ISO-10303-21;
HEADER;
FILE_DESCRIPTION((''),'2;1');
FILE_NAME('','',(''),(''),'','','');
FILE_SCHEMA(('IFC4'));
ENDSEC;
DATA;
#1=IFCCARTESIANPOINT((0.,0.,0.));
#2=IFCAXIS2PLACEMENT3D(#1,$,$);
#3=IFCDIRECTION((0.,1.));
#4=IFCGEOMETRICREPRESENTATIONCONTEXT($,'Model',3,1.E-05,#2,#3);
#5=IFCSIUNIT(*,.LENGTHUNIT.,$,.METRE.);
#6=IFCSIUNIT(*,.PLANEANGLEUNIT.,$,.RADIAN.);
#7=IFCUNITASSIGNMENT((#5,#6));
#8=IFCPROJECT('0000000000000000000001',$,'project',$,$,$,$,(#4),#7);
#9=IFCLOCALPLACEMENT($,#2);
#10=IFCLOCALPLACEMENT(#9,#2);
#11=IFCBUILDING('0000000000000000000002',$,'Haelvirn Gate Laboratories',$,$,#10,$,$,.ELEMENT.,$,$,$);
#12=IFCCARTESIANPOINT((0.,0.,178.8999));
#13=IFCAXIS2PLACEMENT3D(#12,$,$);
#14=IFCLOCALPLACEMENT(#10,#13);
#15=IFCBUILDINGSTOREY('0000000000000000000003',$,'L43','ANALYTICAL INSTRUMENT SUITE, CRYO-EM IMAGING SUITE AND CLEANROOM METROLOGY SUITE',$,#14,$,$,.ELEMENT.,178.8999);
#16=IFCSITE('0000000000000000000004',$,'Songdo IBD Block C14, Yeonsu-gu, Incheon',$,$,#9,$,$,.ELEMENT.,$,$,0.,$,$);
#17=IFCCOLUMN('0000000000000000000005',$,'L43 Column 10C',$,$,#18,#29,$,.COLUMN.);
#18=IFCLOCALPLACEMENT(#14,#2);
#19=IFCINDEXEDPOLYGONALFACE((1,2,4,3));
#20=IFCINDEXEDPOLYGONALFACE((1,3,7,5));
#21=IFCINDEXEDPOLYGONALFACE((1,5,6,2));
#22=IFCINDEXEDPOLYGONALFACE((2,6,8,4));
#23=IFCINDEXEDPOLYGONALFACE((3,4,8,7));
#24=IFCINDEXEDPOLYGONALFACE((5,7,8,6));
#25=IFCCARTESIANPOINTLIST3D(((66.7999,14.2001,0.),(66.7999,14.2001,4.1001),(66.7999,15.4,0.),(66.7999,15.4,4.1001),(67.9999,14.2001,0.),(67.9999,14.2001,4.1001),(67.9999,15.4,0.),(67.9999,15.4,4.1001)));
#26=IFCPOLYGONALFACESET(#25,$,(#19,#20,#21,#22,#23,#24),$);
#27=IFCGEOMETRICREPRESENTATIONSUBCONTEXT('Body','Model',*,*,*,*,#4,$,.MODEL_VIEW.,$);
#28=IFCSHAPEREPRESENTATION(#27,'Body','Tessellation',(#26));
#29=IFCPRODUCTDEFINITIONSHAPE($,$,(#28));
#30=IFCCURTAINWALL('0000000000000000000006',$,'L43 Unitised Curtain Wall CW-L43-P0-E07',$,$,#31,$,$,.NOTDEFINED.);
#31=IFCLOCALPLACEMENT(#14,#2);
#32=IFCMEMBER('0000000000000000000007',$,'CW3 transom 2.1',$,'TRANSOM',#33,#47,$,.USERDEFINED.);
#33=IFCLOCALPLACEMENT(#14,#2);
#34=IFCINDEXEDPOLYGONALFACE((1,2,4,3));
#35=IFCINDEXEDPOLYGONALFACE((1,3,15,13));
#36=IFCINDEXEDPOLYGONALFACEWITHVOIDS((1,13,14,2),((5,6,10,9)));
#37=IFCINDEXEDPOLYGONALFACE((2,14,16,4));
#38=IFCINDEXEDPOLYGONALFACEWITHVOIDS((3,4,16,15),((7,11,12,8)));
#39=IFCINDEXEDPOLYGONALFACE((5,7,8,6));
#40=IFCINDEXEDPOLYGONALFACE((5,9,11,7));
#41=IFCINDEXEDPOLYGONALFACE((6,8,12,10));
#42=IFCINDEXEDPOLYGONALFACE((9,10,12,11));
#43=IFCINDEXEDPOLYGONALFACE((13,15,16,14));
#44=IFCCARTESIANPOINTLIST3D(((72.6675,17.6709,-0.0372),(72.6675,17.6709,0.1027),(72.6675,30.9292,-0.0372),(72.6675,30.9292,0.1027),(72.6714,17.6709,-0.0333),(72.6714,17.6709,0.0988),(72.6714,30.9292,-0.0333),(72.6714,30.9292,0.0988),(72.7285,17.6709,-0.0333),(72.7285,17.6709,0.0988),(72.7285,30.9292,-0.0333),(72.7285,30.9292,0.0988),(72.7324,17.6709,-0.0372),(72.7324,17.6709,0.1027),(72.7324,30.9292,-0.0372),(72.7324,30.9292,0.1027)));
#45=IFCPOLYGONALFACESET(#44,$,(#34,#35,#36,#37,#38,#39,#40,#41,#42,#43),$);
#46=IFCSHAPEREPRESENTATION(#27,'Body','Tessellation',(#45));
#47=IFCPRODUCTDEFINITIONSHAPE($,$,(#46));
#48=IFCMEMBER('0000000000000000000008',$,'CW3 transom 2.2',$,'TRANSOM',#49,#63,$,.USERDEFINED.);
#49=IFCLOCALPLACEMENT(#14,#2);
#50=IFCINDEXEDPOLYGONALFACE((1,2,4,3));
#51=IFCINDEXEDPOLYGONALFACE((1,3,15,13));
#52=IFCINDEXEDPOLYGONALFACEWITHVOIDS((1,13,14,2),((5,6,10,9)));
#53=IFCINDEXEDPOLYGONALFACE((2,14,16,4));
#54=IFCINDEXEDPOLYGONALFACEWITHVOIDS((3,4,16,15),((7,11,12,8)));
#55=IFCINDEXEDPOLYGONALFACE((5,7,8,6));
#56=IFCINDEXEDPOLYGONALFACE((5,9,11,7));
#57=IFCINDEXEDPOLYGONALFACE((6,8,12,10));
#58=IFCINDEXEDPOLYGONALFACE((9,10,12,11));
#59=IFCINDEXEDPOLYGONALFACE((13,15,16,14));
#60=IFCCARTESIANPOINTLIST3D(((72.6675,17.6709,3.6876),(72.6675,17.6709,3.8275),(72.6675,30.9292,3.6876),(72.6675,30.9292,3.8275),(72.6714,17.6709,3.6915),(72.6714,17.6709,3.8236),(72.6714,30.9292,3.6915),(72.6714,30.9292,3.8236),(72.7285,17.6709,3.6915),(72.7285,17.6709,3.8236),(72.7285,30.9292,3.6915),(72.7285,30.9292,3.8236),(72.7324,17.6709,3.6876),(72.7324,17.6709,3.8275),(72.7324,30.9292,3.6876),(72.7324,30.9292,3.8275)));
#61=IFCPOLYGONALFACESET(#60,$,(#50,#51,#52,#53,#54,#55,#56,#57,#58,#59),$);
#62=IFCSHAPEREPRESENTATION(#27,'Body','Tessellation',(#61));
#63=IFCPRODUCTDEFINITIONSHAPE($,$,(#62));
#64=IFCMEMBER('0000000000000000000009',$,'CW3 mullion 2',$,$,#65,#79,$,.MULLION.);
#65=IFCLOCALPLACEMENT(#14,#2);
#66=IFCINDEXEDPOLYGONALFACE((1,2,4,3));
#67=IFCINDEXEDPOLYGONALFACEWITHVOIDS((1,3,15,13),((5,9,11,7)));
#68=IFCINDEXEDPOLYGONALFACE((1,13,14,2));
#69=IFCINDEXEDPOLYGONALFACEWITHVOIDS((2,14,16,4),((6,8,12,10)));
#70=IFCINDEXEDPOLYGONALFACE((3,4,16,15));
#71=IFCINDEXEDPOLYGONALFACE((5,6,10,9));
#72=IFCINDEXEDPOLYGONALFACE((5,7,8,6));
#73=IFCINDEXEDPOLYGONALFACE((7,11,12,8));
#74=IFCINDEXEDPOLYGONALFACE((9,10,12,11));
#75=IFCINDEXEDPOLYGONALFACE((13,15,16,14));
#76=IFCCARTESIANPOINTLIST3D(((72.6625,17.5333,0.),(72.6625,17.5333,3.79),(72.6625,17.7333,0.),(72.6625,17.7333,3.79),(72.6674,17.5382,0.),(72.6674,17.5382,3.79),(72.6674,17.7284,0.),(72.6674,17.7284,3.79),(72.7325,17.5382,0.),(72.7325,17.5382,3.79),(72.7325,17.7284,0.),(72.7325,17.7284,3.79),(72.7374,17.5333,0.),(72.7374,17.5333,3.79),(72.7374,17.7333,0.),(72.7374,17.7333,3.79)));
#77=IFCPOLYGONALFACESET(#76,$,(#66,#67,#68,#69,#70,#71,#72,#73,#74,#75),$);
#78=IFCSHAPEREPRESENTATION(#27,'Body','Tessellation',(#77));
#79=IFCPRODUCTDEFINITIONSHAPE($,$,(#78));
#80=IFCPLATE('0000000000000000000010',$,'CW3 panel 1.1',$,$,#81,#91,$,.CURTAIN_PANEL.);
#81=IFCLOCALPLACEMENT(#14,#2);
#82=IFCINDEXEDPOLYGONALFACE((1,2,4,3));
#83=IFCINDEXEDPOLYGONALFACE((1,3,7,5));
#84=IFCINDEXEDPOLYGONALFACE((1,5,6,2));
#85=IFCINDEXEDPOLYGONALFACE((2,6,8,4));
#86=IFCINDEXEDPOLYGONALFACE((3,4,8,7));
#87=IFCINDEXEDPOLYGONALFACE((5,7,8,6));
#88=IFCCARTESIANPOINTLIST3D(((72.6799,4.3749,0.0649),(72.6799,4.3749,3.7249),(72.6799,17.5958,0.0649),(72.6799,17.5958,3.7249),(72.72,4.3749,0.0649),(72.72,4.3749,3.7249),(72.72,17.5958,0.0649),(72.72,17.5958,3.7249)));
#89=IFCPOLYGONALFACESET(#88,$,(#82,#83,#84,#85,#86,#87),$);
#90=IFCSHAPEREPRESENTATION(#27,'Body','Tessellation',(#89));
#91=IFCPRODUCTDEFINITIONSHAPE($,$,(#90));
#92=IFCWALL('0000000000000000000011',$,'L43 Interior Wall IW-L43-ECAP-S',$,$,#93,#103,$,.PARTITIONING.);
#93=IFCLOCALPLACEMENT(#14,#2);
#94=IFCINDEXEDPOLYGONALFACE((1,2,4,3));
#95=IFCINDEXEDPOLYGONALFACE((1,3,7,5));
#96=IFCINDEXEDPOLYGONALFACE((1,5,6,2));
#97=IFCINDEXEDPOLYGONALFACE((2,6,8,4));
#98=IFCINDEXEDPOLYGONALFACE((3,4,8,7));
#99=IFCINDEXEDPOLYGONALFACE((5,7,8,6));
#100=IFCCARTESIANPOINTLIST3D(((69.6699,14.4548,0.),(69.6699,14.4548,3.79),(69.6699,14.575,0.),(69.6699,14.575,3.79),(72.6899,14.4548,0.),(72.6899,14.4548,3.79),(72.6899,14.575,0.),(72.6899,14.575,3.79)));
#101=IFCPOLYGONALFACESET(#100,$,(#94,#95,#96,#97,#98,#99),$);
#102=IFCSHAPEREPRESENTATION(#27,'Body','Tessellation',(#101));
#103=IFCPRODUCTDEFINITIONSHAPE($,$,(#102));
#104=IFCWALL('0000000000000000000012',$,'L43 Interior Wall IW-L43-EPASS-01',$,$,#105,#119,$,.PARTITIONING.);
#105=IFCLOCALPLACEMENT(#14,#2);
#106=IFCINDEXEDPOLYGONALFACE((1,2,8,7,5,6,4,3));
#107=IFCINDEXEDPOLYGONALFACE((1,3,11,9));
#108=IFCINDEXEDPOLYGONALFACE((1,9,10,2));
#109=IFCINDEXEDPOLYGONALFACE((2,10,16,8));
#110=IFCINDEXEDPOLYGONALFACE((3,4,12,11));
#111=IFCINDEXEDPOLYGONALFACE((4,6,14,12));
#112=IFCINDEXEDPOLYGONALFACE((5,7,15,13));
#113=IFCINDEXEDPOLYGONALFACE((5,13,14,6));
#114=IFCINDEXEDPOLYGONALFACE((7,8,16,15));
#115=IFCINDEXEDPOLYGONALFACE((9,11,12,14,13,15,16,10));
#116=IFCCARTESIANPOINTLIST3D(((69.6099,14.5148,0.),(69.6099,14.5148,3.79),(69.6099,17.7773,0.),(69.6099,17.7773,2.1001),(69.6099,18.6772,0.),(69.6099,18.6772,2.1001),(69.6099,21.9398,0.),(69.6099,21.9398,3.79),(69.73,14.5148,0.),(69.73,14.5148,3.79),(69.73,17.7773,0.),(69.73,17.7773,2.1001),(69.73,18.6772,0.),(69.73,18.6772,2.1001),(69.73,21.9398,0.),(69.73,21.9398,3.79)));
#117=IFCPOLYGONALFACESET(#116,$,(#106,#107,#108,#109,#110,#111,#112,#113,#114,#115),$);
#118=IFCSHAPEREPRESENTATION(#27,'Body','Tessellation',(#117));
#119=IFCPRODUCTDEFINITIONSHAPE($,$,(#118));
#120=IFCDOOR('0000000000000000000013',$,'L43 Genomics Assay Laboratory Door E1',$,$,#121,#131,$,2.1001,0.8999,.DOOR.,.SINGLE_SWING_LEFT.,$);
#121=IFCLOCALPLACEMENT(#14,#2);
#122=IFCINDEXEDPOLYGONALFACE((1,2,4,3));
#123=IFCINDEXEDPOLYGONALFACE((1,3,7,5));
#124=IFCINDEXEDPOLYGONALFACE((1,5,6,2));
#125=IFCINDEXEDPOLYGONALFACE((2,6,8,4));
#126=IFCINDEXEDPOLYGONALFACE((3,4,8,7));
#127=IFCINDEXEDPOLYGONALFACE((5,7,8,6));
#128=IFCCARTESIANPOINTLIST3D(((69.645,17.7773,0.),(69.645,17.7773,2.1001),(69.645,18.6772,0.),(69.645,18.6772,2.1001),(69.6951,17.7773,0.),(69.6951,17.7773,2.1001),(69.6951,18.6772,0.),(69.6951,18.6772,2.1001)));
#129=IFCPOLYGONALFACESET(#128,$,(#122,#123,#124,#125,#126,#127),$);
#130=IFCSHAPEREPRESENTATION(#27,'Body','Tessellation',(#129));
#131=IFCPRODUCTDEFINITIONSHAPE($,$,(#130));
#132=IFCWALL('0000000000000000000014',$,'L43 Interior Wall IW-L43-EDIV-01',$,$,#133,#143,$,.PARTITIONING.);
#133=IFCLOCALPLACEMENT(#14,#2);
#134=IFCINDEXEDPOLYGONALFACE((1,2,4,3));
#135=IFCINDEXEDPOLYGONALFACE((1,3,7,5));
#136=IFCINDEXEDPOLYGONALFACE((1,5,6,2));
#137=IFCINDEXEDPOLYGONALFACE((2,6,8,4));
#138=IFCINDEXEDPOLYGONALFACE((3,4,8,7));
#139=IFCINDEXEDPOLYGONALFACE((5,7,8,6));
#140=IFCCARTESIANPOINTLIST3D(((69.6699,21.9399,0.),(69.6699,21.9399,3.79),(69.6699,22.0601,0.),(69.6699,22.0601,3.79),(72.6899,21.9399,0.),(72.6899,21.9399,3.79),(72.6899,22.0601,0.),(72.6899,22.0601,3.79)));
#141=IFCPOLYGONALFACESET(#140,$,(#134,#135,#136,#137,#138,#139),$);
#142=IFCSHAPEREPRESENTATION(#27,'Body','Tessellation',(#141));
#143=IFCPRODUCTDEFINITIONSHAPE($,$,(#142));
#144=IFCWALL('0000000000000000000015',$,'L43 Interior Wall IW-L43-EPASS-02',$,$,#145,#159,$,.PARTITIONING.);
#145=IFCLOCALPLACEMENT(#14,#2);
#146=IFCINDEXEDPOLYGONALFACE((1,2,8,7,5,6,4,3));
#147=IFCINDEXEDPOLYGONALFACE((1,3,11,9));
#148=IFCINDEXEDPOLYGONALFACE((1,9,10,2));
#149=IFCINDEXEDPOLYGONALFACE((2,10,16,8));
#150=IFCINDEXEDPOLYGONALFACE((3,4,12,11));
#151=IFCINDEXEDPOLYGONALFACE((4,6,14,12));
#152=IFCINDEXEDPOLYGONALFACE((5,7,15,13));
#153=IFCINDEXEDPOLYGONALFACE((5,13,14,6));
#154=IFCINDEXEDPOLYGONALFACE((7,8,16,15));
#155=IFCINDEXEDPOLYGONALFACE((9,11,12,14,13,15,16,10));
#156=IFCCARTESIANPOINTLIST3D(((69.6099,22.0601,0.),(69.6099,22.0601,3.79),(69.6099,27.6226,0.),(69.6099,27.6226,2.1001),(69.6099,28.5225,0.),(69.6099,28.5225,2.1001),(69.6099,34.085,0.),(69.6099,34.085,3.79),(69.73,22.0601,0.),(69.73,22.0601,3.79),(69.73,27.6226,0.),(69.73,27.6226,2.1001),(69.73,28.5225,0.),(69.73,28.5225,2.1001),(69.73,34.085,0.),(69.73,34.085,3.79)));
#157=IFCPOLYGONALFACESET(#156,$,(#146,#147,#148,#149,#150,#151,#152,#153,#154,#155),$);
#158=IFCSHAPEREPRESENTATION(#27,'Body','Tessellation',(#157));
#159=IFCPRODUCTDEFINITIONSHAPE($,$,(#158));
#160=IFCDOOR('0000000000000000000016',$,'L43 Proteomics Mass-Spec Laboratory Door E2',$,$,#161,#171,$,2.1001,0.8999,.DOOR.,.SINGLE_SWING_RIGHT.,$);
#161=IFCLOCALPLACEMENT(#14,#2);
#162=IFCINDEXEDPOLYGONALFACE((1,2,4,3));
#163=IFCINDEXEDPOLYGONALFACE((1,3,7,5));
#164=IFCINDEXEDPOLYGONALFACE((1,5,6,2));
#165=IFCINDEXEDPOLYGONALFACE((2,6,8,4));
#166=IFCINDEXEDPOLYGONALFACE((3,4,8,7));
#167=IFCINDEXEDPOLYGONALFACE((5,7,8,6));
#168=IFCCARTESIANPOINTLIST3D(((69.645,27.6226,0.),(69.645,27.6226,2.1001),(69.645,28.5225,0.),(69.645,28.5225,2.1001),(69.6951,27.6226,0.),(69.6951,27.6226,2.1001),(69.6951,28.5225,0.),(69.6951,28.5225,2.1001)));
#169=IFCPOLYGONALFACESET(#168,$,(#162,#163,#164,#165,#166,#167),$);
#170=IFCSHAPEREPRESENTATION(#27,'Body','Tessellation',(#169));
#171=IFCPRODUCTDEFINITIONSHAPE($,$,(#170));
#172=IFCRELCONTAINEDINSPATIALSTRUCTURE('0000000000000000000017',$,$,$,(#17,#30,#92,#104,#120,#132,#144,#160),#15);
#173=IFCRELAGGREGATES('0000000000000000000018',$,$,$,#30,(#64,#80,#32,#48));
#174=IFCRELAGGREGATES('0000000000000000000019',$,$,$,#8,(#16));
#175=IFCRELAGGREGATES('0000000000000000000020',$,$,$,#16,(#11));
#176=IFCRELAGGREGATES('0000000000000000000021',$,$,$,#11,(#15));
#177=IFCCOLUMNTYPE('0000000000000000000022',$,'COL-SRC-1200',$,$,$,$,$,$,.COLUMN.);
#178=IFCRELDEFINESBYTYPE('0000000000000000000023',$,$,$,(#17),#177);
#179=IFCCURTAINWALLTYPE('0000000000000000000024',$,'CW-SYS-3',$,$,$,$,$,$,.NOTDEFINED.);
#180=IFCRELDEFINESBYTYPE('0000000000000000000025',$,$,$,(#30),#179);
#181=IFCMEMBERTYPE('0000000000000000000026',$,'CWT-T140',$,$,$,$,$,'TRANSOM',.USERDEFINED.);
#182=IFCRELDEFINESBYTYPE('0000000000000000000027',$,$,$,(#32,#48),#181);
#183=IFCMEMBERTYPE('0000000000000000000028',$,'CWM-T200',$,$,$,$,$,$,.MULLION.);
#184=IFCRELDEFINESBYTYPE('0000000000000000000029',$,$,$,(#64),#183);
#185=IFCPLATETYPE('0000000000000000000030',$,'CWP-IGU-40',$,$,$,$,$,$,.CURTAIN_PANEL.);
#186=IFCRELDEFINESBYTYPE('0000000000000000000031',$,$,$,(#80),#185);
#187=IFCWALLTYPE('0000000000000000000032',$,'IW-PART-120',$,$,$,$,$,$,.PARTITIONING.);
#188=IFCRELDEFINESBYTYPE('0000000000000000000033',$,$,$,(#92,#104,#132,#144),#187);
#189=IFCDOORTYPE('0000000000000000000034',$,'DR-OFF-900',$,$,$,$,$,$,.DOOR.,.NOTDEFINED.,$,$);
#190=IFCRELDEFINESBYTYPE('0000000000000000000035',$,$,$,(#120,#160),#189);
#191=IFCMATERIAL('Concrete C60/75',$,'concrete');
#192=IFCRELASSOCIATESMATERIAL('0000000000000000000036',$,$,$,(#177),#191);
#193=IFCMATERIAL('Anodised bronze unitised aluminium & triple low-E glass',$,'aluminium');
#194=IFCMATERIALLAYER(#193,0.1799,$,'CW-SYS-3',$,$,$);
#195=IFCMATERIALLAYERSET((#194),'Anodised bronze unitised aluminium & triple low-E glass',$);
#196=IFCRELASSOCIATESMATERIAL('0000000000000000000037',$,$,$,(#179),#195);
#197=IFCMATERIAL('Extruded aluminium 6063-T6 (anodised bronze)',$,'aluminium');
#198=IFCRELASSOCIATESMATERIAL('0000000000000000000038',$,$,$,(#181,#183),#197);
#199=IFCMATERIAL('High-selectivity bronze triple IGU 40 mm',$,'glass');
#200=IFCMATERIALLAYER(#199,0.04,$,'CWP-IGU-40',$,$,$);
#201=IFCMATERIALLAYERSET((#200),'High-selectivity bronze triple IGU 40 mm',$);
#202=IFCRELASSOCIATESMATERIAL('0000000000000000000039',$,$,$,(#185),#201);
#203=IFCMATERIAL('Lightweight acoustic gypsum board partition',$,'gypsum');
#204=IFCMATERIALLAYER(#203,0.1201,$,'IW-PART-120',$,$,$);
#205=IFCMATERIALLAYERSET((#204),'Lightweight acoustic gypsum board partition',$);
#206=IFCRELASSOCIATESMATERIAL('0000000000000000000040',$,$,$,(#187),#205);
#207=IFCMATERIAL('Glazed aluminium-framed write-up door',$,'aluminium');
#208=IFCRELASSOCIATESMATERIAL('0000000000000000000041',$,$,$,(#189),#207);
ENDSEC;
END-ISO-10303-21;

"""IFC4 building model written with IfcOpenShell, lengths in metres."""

from ifc_helpers import new_model, si_unit, direction, frame, frame_2d, origin, origin_2d, place, context, subcontext, project, spatial, rectangle, hollow_rectangle, extrude, source, transform, mapped, material, layer, layer_set, material_profile, profile_set, type_object, type_shapes, element, fill, aggregate, save


model = new_model("IFC4")

# Units and contexts
model_context = context("Model", 3, precision=1e-05, world=origin(), true_north=direction((0.0, 1.0)))
body_context = subcontext(model_context, "Body", "Model", "MODEL_VIEW")
ifc_project = project(units=[si_unit("LENGTHUNIT", "METRE"), si_unit("PLANEANGLEUNIT", "RADIAN")], contexts=[model_context])

# Site, building, storey
site_placement = place(None, origin())
site = spatial("IfcSite", under=ifc_project, at=site_placement, Name="Songdo IBD Block C14, Yeonsu-gu, Incheon", CompositionType="ELEMENT", RefElevation=0.0)
building_placement = place(site_placement, origin())
building = spatial("IfcBuilding", under=site, at=building_placement, Name="Haelvirn Gate Laboratories", CompositionType="ELEMENT")
storey_placement = place(building_placement, frame((0.0, 0.0, 178.8999)))
storey = spatial("IfcBuildingStorey", under=building, at=storey_placement, Name="L43", Description="ANALYTICAL INSTRUMENT SUITE, CRYO-EM IMAGING SUITE AND CLEANROOM METROLOGY SUITE", CompositionType="ELEMENT", Elevation=178.8999)

# Column
ifc_material_1 = material(Name="Concrete C60/75", Category="concrete")
ifc_material_profile_1 = material_profile(ifc_material_1, rectangle(XDim=1.2, YDim=1.2, at=origin_2d()), Name="SRC-1200x1200")
ifc_profile_set_1 = profile_set([ifc_material_profile_1], Name="Concrete C60/75")
column_type = type_object("IfcColumnType", Name="COL-SRC-1200", PredefinedType="COLUMN", material=ifc_profile_set_1)
shared_shape_1 = source(origin(), body_context, "Body", "SweptSolid", [
    extrude(rectangle(XDim=1.2, YDim=1.2, at=origin_2d()), origin(), (0.0, 0.0, 1.0), 4.1001),
])
type_shapes(column_type, [shared_shape_1])
column_placement = place(storey_placement, frame((67.3999, 14.8, 0.0), z_axis=(0.0, 0.0, 1.0), x_axis=(1.0, 0.0, 0.0)))
element("IfcColumn", 1, at=column_placement, inside=storey, type_object=column_type, Name="L43 Column 10C", PredefinedType="COLUMN", context=body_context, shape_type="MappedRepresentation", body=[
    mapped(shared_shape_1, transform((0.0, 0.0, 0.0), scale=1.0)),
])

# Curtain wall, members, plate
ifc_material_2 = material(Name="Anodised bronze unitised aluminium & triple low-E glass", Category="aluminium")
ifc_layer_1 = layer(ifc_material_2, 0.1799, Name="CW-SYS-3")
ifc_layer_set_1 = layer_set([ifc_layer_1], Name="Anodised bronze unitised aluminium & triple low-E glass")
curtain_wall_type = type_object("IfcCurtainWallType", Name="CW-SYS-3", PredefinedType="NOTDEFINED", material=ifc_layer_set_1)
curtain_wall_placement = place(storey_placement, origin())
curtain_wall = element("IfcCurtainWall", 2, at=curtain_wall_placement, inside=storey, type_object=curtain_wall_type, Name="L43 Unitised Curtain Wall CW-L43-P0-E07", PredefinedType="NOTDEFINED")
ifc_material_3 = material(Name="Extruded aluminium 6063-T6 (anodised bronze)", Category="aluminium")
ifc_material_profile_2 = material_profile(ifc_material_3, hollow_rectangle(XDim=0.0649, YDim=0.1399, WallThickness=0.0039, at=origin_2d()), Name="CWT-140x65x4")
ifc_profile_set_2 = profile_set([ifc_material_profile_2], Name="Extruded aluminium 6063-T6 (anodised bronze)")
member_type_1 = type_object("IfcMemberType", Name="CWT-T140", ElementType="TRANSOM", PredefinedType="USERDEFINED", material=ifc_profile_set_2)
shared_shape_2 = source(origin(), body_context, "Body", "SweptSolid", [
    extrude(hollow_rectangle(XDim=0.0649, YDim=0.1399, WallThickness=0.0039, at=origin_2d()), origin(), (0.0, 0.0, 1.0), 13.2583),
])
type_shapes(member_type_1, [shared_shape_2])
member_1_placement = place(storey_placement, frame((72.7, 17.6709, 0.0327), z_axis=(0.0, 1.0, 0.0), x_axis=(-1.0, 0.0, 0.0)))
member_1 = element("IfcMember", 3, at=member_1_placement, type_object=member_type_1, Name="CW3 transom 2.1", ObjectType="TRANSOM", PredefinedType="USERDEFINED", context=body_context, shape_type="MappedRepresentation", body=[
    mapped(shared_shape_2, transform((0.0, 0.0, 0.0), scale=1.0)),
])
member_2_placement = place(storey_placement, frame((72.7, 17.6709, 3.7576), z_axis=(0.0, 1.0, 0.0), x_axis=(-1.0, 0.0, 0.0)))
member_2 = element("IfcMember", 4, at=member_2_placement, type_object=member_type_1, Name="CW3 transom 2.2", ObjectType="TRANSOM", PredefinedType="USERDEFINED", context=body_context, shape_type="MappedRepresentation", body=[
    mapped(shared_shape_2, transform((0.0, 0.0, 0.0), scale=1.0)),
])
ifc_material_profile_3 = material_profile(ifc_material_3, hollow_rectangle(XDim=0.075, YDim=0.2, WallThickness=0.0049, at=origin_2d()), Name="CWM-200x75x5")
ifc_profile_set_3 = profile_set([ifc_material_profile_3], Name="Extruded aluminium 6063-T6 (anodised bronze)")
member_type_2 = type_object("IfcMemberType", Name="CWM-T200", PredefinedType="MULLION", material=ifc_profile_set_3)
shared_shape_3 = source(origin(), body_context, "Body", "SweptSolid", [
    extrude(hollow_rectangle(XDim=0.075, YDim=0.2, WallThickness=0.0049, at=origin_2d()), origin(), (0.0, 0.0, 1.0), 3.79),
])
type_shapes(member_type_2, [shared_shape_3])
member_3_placement = place(storey_placement, frame((72.7, 17.6333, 0.0), z_axis=(0.0, 0.0, 1.0), x_axis=(-1.0, 0.0, 0.0)))
member_3 = element("IfcMember", 5, at=member_3_placement, type_object=member_type_2, Name="CW3 mullion 2", PredefinedType="MULLION", context=body_context, shape_type="MappedRepresentation", body=[
    mapped(shared_shape_3, transform((0.0, 0.0, 0.0), scale=1.0)),
])
ifc_material_4 = material(Name="High-selectivity bronze triple IGU 40 mm", Category="glass")
ifc_layer_2 = layer(ifc_material_4, 0.04, Name="CWP-IGU-40")
ifc_layer_set_2 = layer_set([ifc_layer_2], Name="High-selectivity bronze triple IGU 40 mm")
plate_type = type_object("IfcPlateType", Name="CWP-IGU-40", PredefinedType="CURTAIN_PANEL", material=ifc_layer_set_2)
shared_shape_4 = source(origin(), body_context, "Body", "SweptSolid", [
    extrude(rectangle(XDim=13.2209, YDim=0.04, at=origin_2d()), origin(), (0.0, 0.0, 1.0), 3.6599),
])
type_shapes(plate_type, [shared_shape_4])
plate_placement = place(storey_placement, frame((72.7, 10.9854, 0.0649), z_axis=(0.0, 0.0, 1.0), x_axis=(0.0, 1.0, 0.0)))
plate = element("IfcPlate", 6, at=plate_placement, type_object=plate_type, Name="CW3 panel 1.1", PredefinedType="CURTAIN_PANEL", context=body_context, shape_type="MappedRepresentation", body=[
    mapped(shared_shape_4, transform((0.0, 0.0, 0.0), scale=1.0)),
])
aggregate(curtain_wall, [member_3, plate, member_1, member_2])

# Wall
ifc_material_5 = material(Name="Lightweight acoustic gypsum board partition", Category="gypsum")
ifc_layer_3 = layer(ifc_material_5, 0.1201, Name="IW-PART-120")
ifc_layer_set_3 = layer_set([ifc_layer_3], Name="Lightweight acoustic gypsum board partition")
wall_type_1 = type_object("IfcWallType", Name="IW-PART-120", PredefinedType="PARTITIONING", material=ifc_layer_set_3)
wall_1_placement = place(storey_placement, frame((69.6699, 14.5149, 0.0), z_axis=(0.0, 0.0, 1.0), x_axis=(1.0, 0.0, 0.0)))
element("IfcWall", 7, at=wall_1_placement, inside=storey, type_object=wall_type_1, Name="L43 Interior Wall IW-L43-ECAP-S", PredefinedType="PARTITIONING", context=body_context, shape_type="SweptSolid", body=[
    extrude(rectangle(XDim=3.02, YDim=0.1201, at=frame_2d((1.51, 0.0))), origin(), (0.0, 0.0, 1.0), 3.79),
])

# Wall, opening, door
wall_2_placement = place(storey_placement, frame((69.6699, 14.5149, 0.0), z_axis=(0.0, 0.0, 1.0), x_axis=(0.0, 1.0, 0.0)))
wall_2 = element("IfcWall", 8, at=wall_2_placement, inside=storey, type_object=wall_type_1, Name="L43 Interior Wall IW-L43-EPASS-01", PredefinedType="PARTITIONING", context=body_context, shape_type="SweptSolid", body=[
    extrude(rectangle(XDim=7.425, YDim=0.1201, at=frame_2d((3.7124, 0.0))), origin(), (0.0, 0.0, 1.0), 3.79),
])
opening_1_placement = place(wall_2_placement, frame((3.2625, 0.0, 0.0)))
opening_1 = element("IfcOpeningElement", 9, at=opening_1_placement, cuts=wall_2, PredefinedType="OPENING", context=body_context, shape_type="SweptSolid", body=[
    extrude(rectangle(XDim=0.8999, YDim=2.1001, at=frame_2d((0.45, 1.05))), frame((0.0, 0.0701, 0.0), z_axis=(0.0, -1.0, 0.0), x_axis=(1.0, 0.0, 0.0)), (0.0, 0.0, 1.0), 0.1401),
])
ifc_material_6 = material(Name="Glazed aluminium-framed write-up door", Category="aluminium")
door_type_1 = type_object("IfcDoorType", Name="DR-OFF-900", OperationType="NOTDEFINED", PredefinedType="DOOR", material=ifc_material_6)
shared_shape_5 = source(origin(), body_context, "Body", "SweptSolid", [
    extrude(rectangle(XDim=0.8999, YDim=2.1001, at=frame_2d((0.45, 1.05))), frame((0.0, 0.0249, 0.0), z_axis=(0.0, -1.0, 0.0), x_axis=(1.0, 0.0, 0.0)), (0.0, 0.0, 1.0), 0.05),
])
type_shapes(door_type_1, [shared_shape_5])
door_1_placement = place(opening_1_placement, origin())
door_1 = element("IfcDoor", 10, at=door_1_placement, inside=storey, type_object=door_type_1, Name="L43 Genomics Assay Laboratory Door E1", OperationType="SINGLE_SWING_LEFT", OverallHeight=2.1001, OverallWidth=0.8999, PredefinedType="DOOR", context=body_context, shape_type="MappedRepresentation", body=[
    mapped(shared_shape_5, transform((0.0, 0.0, 0.0), scale=1.0)),
])
fill(opening_1, door_1)

# Wall
wall_3_placement = place(storey_placement, frame((69.6699, 22.0, 0.0), z_axis=(0.0, 0.0, 1.0), x_axis=(1.0, 0.0, 0.0)))
element("IfcWall", 11, at=wall_3_placement, inside=storey, type_object=wall_type_1, Name="L43 Interior Wall IW-L43-EDIV-01", PredefinedType="PARTITIONING", context=body_context, shape_type="SweptSolid", body=[
    extrude(rectangle(XDim=3.02, YDim=0.1201, at=frame_2d((1.51, 0.0))), origin(), (0.0, 0.0, 1.0), 3.79),
])

# Wall, opening, door
wall_4_placement = place(storey_placement, frame((69.6699, 22.0601, 0.0), z_axis=(0.0, 0.0, 1.0), x_axis=(0.0, 1.0, 0.0)))
wall_4 = element("IfcWall", 12, at=wall_4_placement, inside=storey, type_object=wall_type_1, Name="L43 Interior Wall IW-L43-EPASS-02", PredefinedType="PARTITIONING", context=body_context, shape_type="SweptSolid", body=[
    extrude(rectangle(XDim=12.0249, YDim=0.1201, at=frame_2d((6.0125, 0.0))), origin(), (0.0, 0.0, 1.0), 3.79),
])
opening_2_placement = place(wall_4_placement, frame((5.5625, 0.0, 0.0)))
opening_2 = element("IfcOpeningElement", 13, at=opening_2_placement, cuts=wall_4, PredefinedType="OPENING", context=body_context, shape_type="SweptSolid", body=[
    extrude(rectangle(XDim=0.8999, YDim=2.1001, at=frame_2d((0.45, 1.05))), frame((0.0, 0.0701, 0.0), z_axis=(0.0, -1.0, 0.0), x_axis=(1.0, 0.0, 0.0)), (0.0, 0.0, 1.0), 0.1401),
])
door_2_placement = place(opening_2_placement, origin())
door_2 = element("IfcDoor", 14, at=door_2_placement, inside=storey, type_object=door_type_1, Name="L43 Proteomics Mass-Spec Laboratory Door E2", OperationType="SINGLE_SWING_RIGHT", OverallHeight=2.1001, OverallWidth=0.8999, PredefinedType="DOOR", context=body_context, shape_type="MappedRepresentation", body=[
    mapped(shared_shape_5, transform((0.0, 0.0, 0.0), scale=1.0)),
])
fill(opening_2, door_2)

save(model, "model.ifc")
